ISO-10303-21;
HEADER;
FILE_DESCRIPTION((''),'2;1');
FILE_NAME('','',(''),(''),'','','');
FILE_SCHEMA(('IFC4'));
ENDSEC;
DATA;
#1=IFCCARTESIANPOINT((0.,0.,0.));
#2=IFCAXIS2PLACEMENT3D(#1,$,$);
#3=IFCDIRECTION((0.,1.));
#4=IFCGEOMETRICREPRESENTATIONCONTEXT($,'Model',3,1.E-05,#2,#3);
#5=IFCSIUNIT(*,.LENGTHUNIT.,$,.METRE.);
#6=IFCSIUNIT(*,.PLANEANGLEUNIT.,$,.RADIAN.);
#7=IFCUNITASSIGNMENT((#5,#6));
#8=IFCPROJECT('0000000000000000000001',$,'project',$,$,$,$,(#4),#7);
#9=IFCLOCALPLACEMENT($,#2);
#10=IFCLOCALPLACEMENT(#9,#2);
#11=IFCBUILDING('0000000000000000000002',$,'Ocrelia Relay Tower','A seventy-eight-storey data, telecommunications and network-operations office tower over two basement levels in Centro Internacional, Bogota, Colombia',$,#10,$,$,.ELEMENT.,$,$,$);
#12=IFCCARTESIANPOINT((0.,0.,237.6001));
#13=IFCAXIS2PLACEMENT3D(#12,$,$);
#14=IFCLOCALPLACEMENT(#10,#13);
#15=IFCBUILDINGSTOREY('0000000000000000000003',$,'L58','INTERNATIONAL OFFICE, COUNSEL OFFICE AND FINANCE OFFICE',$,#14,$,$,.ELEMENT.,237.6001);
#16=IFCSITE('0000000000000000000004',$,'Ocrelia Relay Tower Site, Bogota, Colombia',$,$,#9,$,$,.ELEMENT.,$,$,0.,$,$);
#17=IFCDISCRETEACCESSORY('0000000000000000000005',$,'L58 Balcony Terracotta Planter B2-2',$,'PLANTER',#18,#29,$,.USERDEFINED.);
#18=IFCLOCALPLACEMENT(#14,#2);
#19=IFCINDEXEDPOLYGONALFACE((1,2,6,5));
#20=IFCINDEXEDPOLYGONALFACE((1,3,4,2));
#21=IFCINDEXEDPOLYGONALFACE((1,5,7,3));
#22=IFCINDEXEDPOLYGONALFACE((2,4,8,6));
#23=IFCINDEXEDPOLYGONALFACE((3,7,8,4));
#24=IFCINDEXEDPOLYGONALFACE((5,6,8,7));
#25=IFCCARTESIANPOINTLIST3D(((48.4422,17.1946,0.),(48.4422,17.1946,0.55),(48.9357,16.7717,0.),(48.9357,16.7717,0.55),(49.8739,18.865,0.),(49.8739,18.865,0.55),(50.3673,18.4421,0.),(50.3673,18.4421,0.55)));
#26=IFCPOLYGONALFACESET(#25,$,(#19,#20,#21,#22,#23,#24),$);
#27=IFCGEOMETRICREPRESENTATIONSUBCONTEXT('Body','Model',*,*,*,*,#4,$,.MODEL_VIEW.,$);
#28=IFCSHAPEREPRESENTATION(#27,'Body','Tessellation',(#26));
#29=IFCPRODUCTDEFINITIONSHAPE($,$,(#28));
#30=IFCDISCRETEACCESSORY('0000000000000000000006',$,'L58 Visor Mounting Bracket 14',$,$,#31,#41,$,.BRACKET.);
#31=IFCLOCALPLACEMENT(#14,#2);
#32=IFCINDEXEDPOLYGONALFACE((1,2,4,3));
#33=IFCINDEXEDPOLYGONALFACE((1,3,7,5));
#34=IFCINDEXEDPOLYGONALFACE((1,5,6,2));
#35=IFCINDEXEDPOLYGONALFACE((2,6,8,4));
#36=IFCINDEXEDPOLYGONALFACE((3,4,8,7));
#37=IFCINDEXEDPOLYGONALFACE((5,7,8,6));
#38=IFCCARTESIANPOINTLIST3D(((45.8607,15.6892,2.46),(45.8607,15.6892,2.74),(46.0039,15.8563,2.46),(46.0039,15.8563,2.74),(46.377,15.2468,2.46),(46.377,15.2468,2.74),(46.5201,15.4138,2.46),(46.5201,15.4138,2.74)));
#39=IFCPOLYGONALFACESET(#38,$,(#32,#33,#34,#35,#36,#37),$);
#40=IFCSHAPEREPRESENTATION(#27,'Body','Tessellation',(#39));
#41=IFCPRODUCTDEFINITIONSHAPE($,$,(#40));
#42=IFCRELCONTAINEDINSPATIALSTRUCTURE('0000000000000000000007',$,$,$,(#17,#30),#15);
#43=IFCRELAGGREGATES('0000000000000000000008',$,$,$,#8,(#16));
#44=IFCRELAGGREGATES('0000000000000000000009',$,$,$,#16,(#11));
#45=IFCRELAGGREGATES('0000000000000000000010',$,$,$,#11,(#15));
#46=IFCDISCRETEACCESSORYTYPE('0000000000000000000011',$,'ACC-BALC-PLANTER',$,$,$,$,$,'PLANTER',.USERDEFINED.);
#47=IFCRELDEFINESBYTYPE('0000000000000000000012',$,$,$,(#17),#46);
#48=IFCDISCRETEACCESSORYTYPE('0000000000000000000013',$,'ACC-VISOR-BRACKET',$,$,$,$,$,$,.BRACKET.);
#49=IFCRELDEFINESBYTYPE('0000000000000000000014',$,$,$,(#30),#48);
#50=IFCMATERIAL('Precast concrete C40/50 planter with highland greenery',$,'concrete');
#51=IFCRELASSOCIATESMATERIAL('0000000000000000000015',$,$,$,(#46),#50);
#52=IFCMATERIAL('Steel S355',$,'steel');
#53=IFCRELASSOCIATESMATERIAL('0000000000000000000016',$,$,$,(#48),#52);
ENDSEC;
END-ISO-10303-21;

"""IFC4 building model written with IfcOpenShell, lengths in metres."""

from ifc_helpers import new_model, si_unit, direction, frame, origin, origin_2d, place, context, subcontext, project, spatial, rectangle, extrude, material, type_object, element, save


model = new_model("IFC4")

# Units and contexts
model_context = context("Model", 3, precision=1e-05, world=origin(), true_north=direction((0.0, 1.0)))
body_context = subcontext(model_context, "Body", "Model", "MODEL_VIEW")
ifc_project = project(units=[si_unit("LENGTHUNIT", "METRE"), si_unit("PLANEANGLEUNIT", "RADIAN")], contexts=[model_context])

# Site, building, storey
site_placement = place(None, origin())
site = spatial("IfcSite", under=ifc_project, at=site_placement, Name="Ocrelia Relay Tower Site, Bogota, Colombia", CompositionType="ELEMENT", RefElevation=0.0)
building_placement = place(site_placement, origin())
building = spatial("IfcBuilding", under=site, at=building_placement, Name="Ocrelia Relay Tower", Description="A seventy-eight-storey data, telecommunications and network-operations office tower over two basement levels in Centro Internacional, Bogota, Colombia", CompositionType="ELEMENT")
storey_placement = place(building_placement, frame((0.0, 0.0, 237.6001)))
storey = spatial("IfcBuildingStorey", under=building, at=storey_placement, Name="L58", Description="INTERNATIONAL OFFICE, COUNSEL OFFICE AND FINANCE OFFICE", CompositionType="ELEMENT", Elevation=237.6001)

# Shared definitions
ifc_material_1 = material(Name="Steel S355", Category="steel")

# Discrete accessories
ifc_material_2 = material(Name="Precast concrete C40/50 planter with highland greenery", Category="concrete")
discrete_accessory_type_1 = type_object("IfcDiscreteAccessoryType", Name="ACC-BALC-PLANTER", ElementType="PLANTER", PredefinedType="USERDEFINED", material=ifc_material_2)
for number, where, z_axis, x_axis, name in (
    (1, (49.4048, 17.8184, 0.0), (0.0, 0.0, 1.0), (-0.65077, -0.759275, 0.0), "L58 Balcony Terracotta Planter B2-2"),
):
    element("IfcDiscreteAccessory", number, at=place(storey_placement, frame(where, z_axis=z_axis, x_axis=x_axis)), inside=storey, type_object=discrete_accessory_type_1, Name=name, ObjectType="PLANTER", PredefinedType="USERDEFINED", context=body_context, shape_type="SweptSolid", body=[
        extrude(rectangle(XDim=2.2, YDim=0.6499, at=origin_2d()), origin(), (0.0, 0.0, 1.0), 0.55),
    ])
discrete_accessory_type_2 = type_object("IfcDiscreteAccessoryType", Name="ACC-VISOR-BRACKET", PredefinedType="BRACKET", material=ifc_material_1)
discrete_accessory_placement = place(storey_placement, frame((46.1904, 15.5515, 2.46), z_axis=(0.0, 0.0, 1.0), x_axis=(0.650774, 0.759271, 0.0)))
element("IfcDiscreteAccessory", 2, at=discrete_accessory_placement, inside=storey, type_object=discrete_accessory_type_2, Name="L58 Visor Mounting Bracket 14", PredefinedType="BRACKET", context=body_context, shape_type="SweptSolid", body=[
    extrude(rectangle(XDim=0.22, YDim=0.6799, at=origin_2d()), origin(), (0.0, 0.0, 1.0), 0.28),
])

save(model, "model.ifc")
